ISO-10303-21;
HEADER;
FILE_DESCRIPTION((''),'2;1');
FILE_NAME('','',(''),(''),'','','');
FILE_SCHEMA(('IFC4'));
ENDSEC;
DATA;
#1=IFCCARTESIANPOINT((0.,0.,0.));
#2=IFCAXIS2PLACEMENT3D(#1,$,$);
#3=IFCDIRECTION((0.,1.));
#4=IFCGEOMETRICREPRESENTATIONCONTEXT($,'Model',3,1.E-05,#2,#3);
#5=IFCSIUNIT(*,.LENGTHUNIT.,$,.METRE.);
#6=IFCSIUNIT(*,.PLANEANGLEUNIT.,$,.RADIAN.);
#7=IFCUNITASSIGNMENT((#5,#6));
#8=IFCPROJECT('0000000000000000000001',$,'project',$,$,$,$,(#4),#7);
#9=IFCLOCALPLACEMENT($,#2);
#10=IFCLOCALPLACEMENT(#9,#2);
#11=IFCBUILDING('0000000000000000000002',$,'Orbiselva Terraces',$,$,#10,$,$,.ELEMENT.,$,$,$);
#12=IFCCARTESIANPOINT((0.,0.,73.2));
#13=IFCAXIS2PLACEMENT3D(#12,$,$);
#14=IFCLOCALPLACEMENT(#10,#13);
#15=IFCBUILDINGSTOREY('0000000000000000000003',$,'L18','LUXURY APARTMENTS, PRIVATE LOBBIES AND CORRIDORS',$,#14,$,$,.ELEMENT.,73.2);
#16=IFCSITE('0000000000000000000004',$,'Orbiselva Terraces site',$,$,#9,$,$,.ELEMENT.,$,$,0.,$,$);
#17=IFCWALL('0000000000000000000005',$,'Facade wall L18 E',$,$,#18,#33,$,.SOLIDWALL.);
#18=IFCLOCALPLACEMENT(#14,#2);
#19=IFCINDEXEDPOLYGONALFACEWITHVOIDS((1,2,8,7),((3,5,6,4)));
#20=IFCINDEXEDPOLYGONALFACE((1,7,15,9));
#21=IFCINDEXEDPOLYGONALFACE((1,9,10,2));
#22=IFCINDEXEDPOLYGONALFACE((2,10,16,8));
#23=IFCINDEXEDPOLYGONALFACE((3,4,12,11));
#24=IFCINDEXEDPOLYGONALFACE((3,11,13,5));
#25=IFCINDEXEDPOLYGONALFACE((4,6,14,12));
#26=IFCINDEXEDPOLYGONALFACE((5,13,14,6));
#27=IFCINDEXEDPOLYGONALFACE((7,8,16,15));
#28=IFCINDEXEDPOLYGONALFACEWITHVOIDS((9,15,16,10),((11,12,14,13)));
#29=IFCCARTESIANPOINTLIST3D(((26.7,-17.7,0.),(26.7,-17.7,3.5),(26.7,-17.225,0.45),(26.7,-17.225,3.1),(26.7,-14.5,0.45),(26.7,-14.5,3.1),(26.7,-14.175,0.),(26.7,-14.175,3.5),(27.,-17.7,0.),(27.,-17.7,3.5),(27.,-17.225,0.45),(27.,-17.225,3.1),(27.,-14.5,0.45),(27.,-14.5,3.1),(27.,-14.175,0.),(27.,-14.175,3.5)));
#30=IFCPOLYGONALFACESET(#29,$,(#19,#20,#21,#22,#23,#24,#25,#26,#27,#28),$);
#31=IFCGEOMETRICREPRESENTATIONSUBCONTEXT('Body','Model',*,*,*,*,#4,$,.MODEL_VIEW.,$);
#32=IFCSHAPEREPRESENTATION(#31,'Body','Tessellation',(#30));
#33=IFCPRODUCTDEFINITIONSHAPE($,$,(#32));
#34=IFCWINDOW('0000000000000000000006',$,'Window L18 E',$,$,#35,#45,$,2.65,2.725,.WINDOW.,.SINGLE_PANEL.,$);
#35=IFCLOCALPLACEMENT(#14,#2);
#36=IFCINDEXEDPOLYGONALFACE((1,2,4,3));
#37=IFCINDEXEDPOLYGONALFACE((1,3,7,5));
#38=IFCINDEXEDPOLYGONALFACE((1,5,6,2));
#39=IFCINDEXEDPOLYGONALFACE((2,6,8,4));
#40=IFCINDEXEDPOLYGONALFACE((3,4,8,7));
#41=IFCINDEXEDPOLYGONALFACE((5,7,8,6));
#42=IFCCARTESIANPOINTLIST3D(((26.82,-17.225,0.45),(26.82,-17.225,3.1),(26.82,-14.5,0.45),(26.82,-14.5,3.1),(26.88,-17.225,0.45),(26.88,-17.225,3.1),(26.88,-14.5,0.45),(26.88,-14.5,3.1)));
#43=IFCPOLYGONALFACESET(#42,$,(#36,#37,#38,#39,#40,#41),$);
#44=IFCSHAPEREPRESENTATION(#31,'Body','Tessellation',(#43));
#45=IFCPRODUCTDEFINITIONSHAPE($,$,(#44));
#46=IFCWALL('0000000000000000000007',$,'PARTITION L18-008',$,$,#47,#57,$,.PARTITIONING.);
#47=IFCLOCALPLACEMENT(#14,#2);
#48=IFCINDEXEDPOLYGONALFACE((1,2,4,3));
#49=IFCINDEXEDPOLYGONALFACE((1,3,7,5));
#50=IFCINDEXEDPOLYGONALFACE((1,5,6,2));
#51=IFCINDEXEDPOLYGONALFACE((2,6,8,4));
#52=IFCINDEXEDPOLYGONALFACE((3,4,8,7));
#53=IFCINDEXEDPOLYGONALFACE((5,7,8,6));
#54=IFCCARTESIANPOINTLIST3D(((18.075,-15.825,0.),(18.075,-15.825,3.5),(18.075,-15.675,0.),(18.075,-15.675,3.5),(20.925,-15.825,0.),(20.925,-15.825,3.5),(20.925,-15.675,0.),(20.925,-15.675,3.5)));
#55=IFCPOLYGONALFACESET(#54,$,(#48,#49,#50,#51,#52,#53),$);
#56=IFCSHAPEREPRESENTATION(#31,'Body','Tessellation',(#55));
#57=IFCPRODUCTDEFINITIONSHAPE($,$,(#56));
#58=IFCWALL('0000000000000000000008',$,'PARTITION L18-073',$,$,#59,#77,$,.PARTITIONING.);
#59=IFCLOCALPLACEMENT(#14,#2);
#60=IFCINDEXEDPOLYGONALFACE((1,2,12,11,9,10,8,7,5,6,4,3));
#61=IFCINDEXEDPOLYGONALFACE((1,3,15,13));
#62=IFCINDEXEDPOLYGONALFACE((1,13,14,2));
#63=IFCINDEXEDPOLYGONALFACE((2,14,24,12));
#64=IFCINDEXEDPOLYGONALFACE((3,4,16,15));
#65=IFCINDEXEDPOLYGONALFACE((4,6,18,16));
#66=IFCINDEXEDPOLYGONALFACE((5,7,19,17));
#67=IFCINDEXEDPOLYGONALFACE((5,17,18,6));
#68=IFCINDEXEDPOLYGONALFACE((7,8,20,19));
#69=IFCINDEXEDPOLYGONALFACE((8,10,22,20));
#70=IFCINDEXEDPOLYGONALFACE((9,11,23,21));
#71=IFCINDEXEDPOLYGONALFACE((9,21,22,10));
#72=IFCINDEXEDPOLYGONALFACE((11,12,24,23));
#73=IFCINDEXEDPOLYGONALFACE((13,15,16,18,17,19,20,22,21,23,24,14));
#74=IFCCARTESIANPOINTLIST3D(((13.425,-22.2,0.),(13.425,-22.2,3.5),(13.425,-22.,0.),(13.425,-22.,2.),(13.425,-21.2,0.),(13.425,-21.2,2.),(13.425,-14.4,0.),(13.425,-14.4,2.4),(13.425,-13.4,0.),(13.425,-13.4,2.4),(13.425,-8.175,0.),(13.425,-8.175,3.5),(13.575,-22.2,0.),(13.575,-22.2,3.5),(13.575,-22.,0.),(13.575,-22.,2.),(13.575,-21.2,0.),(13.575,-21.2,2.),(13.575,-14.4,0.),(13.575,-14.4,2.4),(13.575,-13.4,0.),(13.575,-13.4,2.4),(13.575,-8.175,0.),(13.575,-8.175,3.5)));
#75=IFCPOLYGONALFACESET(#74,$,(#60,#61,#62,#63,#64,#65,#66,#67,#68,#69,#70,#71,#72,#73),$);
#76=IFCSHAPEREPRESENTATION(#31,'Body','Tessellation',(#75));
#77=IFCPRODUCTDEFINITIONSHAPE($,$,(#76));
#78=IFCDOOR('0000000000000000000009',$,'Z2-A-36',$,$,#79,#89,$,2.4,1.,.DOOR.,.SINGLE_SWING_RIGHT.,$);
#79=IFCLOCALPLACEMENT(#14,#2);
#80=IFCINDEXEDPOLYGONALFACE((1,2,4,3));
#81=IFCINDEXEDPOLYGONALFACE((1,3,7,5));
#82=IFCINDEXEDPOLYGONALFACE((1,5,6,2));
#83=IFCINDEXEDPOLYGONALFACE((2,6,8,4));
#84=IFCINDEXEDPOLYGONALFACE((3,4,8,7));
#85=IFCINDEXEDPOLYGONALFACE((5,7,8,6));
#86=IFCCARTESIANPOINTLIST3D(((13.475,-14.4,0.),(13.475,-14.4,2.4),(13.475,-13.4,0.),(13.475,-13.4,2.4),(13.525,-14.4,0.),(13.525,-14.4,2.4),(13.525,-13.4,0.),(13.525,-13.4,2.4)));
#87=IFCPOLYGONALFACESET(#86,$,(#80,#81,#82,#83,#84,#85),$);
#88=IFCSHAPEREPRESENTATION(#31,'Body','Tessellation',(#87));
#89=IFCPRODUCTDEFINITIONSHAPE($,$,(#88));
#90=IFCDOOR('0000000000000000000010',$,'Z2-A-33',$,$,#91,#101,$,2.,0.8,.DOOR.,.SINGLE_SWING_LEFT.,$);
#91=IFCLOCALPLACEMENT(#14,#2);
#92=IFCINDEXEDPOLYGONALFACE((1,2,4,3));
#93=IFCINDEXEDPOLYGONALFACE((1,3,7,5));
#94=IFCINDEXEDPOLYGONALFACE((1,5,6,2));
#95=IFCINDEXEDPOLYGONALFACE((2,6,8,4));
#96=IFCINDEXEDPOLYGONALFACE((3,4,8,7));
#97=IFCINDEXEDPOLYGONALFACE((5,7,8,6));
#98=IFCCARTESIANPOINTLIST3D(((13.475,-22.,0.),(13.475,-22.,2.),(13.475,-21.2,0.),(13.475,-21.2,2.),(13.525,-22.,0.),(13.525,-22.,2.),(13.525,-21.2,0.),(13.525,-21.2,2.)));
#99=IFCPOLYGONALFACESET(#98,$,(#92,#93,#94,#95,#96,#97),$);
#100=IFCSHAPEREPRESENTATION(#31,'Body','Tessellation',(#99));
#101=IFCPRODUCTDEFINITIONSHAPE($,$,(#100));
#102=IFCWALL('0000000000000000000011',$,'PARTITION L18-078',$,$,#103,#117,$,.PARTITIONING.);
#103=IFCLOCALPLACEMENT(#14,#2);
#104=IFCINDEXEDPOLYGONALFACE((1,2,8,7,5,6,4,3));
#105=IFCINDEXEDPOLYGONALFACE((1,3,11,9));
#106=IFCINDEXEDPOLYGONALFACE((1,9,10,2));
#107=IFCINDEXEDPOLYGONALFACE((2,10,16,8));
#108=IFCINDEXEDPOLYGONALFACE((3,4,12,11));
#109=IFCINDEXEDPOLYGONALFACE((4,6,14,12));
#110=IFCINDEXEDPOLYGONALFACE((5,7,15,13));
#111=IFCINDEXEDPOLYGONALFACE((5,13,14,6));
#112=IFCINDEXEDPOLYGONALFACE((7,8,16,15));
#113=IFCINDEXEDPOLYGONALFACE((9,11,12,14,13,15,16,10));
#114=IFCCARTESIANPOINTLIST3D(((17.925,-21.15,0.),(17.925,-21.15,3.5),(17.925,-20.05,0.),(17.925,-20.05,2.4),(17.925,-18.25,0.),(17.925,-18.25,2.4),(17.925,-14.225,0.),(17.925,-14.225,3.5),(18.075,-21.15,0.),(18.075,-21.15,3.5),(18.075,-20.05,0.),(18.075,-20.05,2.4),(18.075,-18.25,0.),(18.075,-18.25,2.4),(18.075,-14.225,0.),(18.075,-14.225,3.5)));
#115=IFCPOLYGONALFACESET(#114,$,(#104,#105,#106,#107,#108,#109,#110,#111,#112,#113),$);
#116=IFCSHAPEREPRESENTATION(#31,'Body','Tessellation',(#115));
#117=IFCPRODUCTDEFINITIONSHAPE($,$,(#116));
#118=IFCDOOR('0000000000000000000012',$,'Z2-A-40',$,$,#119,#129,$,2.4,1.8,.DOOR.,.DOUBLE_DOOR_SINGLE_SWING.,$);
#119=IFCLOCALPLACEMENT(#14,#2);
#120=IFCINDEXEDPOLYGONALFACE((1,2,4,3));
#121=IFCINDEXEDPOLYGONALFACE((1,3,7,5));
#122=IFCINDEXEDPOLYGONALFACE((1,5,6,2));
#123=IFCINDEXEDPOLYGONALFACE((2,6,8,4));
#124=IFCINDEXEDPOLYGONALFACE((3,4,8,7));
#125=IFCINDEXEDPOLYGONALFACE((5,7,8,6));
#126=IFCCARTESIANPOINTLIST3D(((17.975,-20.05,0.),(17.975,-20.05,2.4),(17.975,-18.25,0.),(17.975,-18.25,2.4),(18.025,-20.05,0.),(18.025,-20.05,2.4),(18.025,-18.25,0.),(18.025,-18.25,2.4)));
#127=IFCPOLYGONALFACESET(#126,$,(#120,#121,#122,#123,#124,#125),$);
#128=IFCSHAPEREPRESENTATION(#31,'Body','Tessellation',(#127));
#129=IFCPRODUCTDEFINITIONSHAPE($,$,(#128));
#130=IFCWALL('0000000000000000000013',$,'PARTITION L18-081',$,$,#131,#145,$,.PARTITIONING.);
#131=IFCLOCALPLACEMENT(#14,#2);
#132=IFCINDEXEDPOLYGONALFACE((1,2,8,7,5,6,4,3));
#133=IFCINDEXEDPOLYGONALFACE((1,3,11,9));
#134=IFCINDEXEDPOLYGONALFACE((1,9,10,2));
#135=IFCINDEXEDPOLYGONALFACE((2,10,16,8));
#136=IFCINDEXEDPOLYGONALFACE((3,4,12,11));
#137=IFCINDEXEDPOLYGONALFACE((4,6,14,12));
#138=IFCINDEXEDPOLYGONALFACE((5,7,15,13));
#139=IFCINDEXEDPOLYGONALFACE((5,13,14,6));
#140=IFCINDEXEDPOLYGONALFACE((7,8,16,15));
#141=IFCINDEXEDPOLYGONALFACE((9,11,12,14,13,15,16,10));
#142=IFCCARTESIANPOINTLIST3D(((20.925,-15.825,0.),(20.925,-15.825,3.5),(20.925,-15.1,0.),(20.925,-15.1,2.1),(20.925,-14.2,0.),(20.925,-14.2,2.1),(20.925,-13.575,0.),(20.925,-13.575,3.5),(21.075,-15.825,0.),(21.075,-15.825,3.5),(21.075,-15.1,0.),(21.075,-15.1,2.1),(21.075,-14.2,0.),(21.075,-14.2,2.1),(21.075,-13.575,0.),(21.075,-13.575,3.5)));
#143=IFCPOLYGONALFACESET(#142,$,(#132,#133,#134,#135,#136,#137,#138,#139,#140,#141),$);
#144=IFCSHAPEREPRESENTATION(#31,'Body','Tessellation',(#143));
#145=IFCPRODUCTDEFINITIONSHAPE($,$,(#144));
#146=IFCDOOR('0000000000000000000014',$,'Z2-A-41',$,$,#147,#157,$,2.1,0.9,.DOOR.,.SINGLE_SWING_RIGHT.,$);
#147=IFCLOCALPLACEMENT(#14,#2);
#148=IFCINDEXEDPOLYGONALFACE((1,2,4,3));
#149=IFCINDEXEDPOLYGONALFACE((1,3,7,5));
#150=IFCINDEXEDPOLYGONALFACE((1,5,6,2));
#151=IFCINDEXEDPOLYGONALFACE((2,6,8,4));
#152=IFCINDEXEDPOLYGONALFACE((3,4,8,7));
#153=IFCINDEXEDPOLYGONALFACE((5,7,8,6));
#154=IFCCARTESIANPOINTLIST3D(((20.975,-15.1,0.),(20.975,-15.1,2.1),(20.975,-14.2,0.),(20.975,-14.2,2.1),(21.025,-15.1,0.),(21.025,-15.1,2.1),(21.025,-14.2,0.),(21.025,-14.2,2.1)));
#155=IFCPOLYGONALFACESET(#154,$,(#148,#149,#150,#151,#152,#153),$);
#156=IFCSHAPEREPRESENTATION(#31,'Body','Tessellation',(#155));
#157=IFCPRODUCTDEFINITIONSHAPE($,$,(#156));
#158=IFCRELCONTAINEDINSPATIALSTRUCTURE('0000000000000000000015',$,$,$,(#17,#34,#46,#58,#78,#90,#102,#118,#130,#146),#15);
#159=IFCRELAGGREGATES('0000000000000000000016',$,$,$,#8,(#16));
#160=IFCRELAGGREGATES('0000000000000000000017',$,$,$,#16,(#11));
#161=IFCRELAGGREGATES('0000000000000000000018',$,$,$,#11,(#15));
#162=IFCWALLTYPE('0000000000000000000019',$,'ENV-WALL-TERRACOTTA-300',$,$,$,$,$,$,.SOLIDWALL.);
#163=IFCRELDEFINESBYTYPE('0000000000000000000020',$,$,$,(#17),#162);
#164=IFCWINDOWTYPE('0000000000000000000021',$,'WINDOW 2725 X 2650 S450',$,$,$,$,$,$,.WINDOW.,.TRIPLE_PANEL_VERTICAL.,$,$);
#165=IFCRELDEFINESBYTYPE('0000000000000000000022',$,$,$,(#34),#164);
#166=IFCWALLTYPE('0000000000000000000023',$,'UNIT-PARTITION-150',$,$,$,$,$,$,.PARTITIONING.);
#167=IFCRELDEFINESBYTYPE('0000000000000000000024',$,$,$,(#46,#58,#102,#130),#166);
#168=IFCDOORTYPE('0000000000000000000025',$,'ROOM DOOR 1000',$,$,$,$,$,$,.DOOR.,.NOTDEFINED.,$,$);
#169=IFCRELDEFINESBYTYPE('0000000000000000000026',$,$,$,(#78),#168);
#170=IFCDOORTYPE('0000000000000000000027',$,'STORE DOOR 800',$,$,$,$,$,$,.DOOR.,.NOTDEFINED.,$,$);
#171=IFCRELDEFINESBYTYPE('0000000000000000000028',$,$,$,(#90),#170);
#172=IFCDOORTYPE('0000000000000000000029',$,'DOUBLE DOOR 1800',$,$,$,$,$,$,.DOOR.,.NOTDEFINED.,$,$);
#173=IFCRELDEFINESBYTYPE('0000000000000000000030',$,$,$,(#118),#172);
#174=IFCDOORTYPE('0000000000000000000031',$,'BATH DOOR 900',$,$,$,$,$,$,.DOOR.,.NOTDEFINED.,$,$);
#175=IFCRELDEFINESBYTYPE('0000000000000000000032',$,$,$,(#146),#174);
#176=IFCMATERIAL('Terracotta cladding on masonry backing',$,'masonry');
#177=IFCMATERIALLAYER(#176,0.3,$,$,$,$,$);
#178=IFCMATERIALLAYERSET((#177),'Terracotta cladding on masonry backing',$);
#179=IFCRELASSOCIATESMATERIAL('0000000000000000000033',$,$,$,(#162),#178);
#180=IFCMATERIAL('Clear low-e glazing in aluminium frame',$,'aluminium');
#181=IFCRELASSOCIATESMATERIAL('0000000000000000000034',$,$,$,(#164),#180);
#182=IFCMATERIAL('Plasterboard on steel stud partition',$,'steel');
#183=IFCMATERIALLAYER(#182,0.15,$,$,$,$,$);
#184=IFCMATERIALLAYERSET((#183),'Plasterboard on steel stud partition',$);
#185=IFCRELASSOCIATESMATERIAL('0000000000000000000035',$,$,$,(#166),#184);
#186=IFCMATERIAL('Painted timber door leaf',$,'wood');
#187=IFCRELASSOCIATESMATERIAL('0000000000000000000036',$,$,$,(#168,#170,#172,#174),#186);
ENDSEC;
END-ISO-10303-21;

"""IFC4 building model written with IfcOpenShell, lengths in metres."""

from ifc_helpers import new_model, si_unit, direction, frame, frame_2d, origin, place, context, subcontext, project, spatial, rectangle, extrude, material, layer, layer_set, type_object, element, fill, save


model = new_model("IFC4")

# Units and contexts
model_context = context("Model", 3, precision=1e-05, world=origin(), true_north=direction((0.0, 1.0)))
body_context = subcontext(model_context, "Body", "Model", "MODEL_VIEW")
ifc_project = project(units=[si_unit("LENGTHUNIT", "METRE"), si_unit("PLANEANGLEUNIT", "RADIAN")], contexts=[model_context])

# Site, building, storey
site_placement = place(None, origin())
site = spatial("IfcSite", under=ifc_project, at=site_placement, Name="Orbiselva Terraces site", CompositionType="ELEMENT", RefElevation=0.0)
building_placement = place(site_placement, origin())
building = spatial("IfcBuilding", under=site, at=building_placement, Name="Orbiselva Terraces", CompositionType="ELEMENT")
storey_placement = place(building_placement, frame((0.0, 0.0, 73.2)))
storey = spatial("IfcBuildingStorey", under=building, at=storey_placement, Name="L18", Description="LUXURY APARTMENTS, PRIVATE LOBBIES AND CORRIDORS", CompositionType="ELEMENT", Elevation=73.2)

# Shared definitions
ifc_material_1 = material(Name="Terracotta cladding on masonry backing", Category="masonry")
ifc_layer_1 = layer(ifc_material_1, 0.3)
ifc_layer_set_1 = layer_set([ifc_layer_1], Name="Terracotta cladding on masonry backing")
wall_type_1 = type_object("IfcWallType", Name="ENV-WALL-TERRACOTTA-300", PredefinedType="SOLIDWALL", material=ifc_layer_set_1)
ifc_material_2 = material(Name="Clear low-e glazing in aluminium frame", Category="aluminium")

# Shared definitions
window_type = type_object("IfcWindowType", Name="WINDOW 2725 X 2650 S450", PartitioningType="TRIPLE_PANEL_VERTICAL", PredefinedType="WINDOW", material=ifc_material_2)

# Wall, opening, window
wall_1_placement = place(storey_placement, frame((26.85, -14.175, 0.0), z_axis=(0.0, 0.0, 1.0), x_axis=(0.0, -1.0, 0.0)))
wall_1 = element("IfcWall", 1, at=wall_1_placement, inside=storey, type_object=wall_type_1, Name="Facade wall L18 E", PredefinedType="SOLIDWALL", context=body_context, shape_type="SweptSolid", body=[
    extrude(rectangle(XDim=3.525, YDim=0.3, at=frame_2d((1.7625, 0.0))), origin(), (0.0, 0.0, 1.0), 3.5),
])
opening_1_placement = place(wall_1_placement, frame((0.325, 0.0, 0.45)))
opening_1 = element("IfcOpeningElement", 2, at=opening_1_placement, cuts=wall_1, PredefinedType="OPENING", context=body_context, shape_type="SweptSolid", body=[
    extrude(rectangle(XDim=2.725, YDim=2.65, at=frame_2d((1.3625, 1.325))), frame((0.0, 0.16, 0.0), z_axis=(0.0, -1.0, 0.0), x_axis=(1.0, 0.0, 0.0)), (0.0, 0.0, 1.0), 0.32),
])
window_1_placement = place(opening_1_placement, origin())
window_1 = element("IfcWindow", 3, at=window_1_placement, inside=storey, type_object=window_type, Name="Window L18 E", OverallHeight=2.65, OverallWidth=2.725, PartitioningType="SINGLE_PANEL", PredefinedType="WINDOW", context=body_context, shape_type="SweptSolid", body=[
    extrude(rectangle(XDim=2.725, YDim=2.65, at=frame_2d((1.3625, 1.325))), frame((0.0, 0.03, 0.0), z_axis=(0.0, -1.0, 0.0), x_axis=(1.0, 0.0, 0.0)), (0.0, 0.0, 1.0), 0.06),
])
fill(opening_1, window_1)

# Wall
ifc_material_3 = material(Name="Plasterboard on steel stud partition", Category="steel")
ifc_layer_2 = layer(ifc_material_3, 0.15)
ifc_layer_set_2 = layer_set([ifc_layer_2], Name="Plasterboard on steel stud partition")
wall_type_2 = type_object("IfcWallType", Name="UNIT-PARTITION-150", PredefinedType="PARTITIONING", material=ifc_layer_set_2)
wall_2_placement = place(storey_placement, frame((18.075, -15.75, 0.0), z_axis=(0.0, 0.0, 1.0), x_axis=(1.0, 0.0, 0.0)))
element("IfcWall", 4, at=wall_2_placement, inside=storey, type_object=wall_type_2, Name="PARTITION L18-008", PredefinedType="PARTITIONING", context=body_context, shape_type="SweptSolid", body=[
    extrude(rectangle(XDim=2.85, YDim=0.15, at=frame_2d((1.425, 0.0))), origin(), (0.0, 0.0, 1.0), 3.5),
])

# Wall, openings, doors
wall_3_placement = place(storey_placement, frame((13.5, -22.2, 0.0), z_axis=(0.0, 0.0, 1.0), x_axis=(0.0, 1.0, 0.0)))
wall_3 = element("IfcWall", 5, at=wall_3_placement, inside=storey, type_object=wall_type_2, Name="PARTITION L18-073", PredefinedType="PARTITIONING", context=body_context, shape_type="SweptSolid", body=[
    extrude(rectangle(XDim=14.025, YDim=0.15, at=frame_2d((7.0125, 0.0))), origin(), (0.0, 0.0, 1.0), 3.5),
])
opening_2_placement = place(wall_3_placement, frame((0.2, 0.0, 0.0)))
opening_2 = element("IfcOpeningElement", 6, at=opening_2_placement, cuts=wall_3, PredefinedType="OPENING", context=body_context, shape_type="SweptSolid", body=[
    extrude(rectangle(XDim=0.8, YDim=2.0, at=frame_2d((0.4, 1.0))), frame((0.0, 0.085, 0.0), z_axis=(0.0, -1.0, 0.0), x_axis=(1.0, 0.0, 0.0)), (0.0, 0.0, 1.0), 0.17),
])
opening_3_placement = place(wall_3_placement, frame((7.8, 0.0, 0.0)))
opening_3 = element("IfcOpeningElement", 7, at=opening_3_placement, cuts=wall_3, PredefinedType="OPENING", context=body_context, shape_type="SweptSolid", body=[
    extrude(rectangle(XDim=1.0, YDim=2.4, at=frame_2d((0.5, 1.2))), frame((0.0, 0.085, 0.0), z_axis=(0.0, -1.0, 0.0), x_axis=(1.0, 0.0, 0.0)), (0.0, 0.0, 1.0), 0.17),
])
ifc_material_4 = material(Name="Painted timber door leaf", Category="wood")
door_type_1 = type_object("IfcDoorType", Name="ROOM DOOR 1000", OperationType="NOTDEFINED", PredefinedType="DOOR", material=ifc_material_4)
door_1_placement = place(opening_3_placement, origin())
door_1 = element("IfcDoor", 8, at=door_1_placement, inside=storey, type_object=door_type_1, Name="Z2-A-36", OperationType="SINGLE_SWING_RIGHT", OverallHeight=2.4, OverallWidth=1.0, PredefinedType="DOOR", context=body_context, shape_type="SweptSolid", body=[
    extrude(rectangle(XDim=1.0, YDim=2.4, at=frame_2d((0.5, 1.2))), frame((0.0, 0.025, 0.0), z_axis=(0.0, -1.0, 0.0), x_axis=(1.0, 0.0, 0.0)), (0.0, 0.0, 1.0), 0.05),
])
fill(opening_3, door_1)
door_type_2 = type_object("IfcDoorType", Name="STORE DOOR 800", OperationType="NOTDEFINED", PredefinedType="DOOR", material=ifc_material_4)
door_2_placement = place(opening_2_placement, origin())
door_2 = element("IfcDoor", 9, at=door_2_placement, inside=storey, type_object=door_type_2, Name="Z2-A-33", OperationType="SINGLE_SWING_LEFT", OverallHeight=2.0, OverallWidth=0.8, PredefinedType="DOOR", context=body_context, shape_type="SweptSolid", body=[
    extrude(rectangle(XDim=0.8, YDim=2.0, at=frame_2d((0.4, 1.0))), frame((0.0, 0.025, 0.0), z_axis=(0.0, -1.0, 0.0), x_axis=(1.0, 0.0, 0.0)), (0.0, 0.0, 1.0), 0.05),
])
fill(opening_2, door_2)

# Walls, openings, doors
wall_4_placement = place(storey_placement, frame((18.0, -14.225, 0.0), z_axis=(0.0, 0.0, 1.0), x_axis=(0.0, -1.0, 0.0)))
wall_4 = element("IfcWall", 10, at=wall_4_placement, inside=storey, type_object=wall_type_2, Name="PARTITION L18-078", PredefinedType="PARTITIONING", context=body_context, shape_type="SweptSolid", body=[
    extrude(rectangle(XDim=6.925, YDim=0.15, at=frame_2d((3.4625, 0.0))), origin(), (0.0, 0.0, 1.0), 3.5),
])
opening_4_placement = place(wall_4_placement, frame((4.025, 0.0, 0.0)))
opening_4 = element("IfcOpeningElement", 11, at=opening_4_placement, cuts=wall_4, PredefinedType="OPENING", context=body_context, shape_type="SweptSolid", body=[
    extrude(rectangle(XDim=1.8, YDim=2.4, at=frame_2d((0.9, 1.2))), frame((0.0, 0.085, 0.0), z_axis=(0.0, -1.0, 0.0), x_axis=(1.0, 0.0, 0.0)), (0.0, 0.0, 1.0), 0.17),
])
door_type_3 = type_object("IfcDoorType", Name="DOUBLE DOOR 1800", OperationType="NOTDEFINED", PredefinedType="DOOR", material=ifc_material_4)
door_3_placement = place(opening_4_placement, origin())
door_3 = element("IfcDoor", 12, at=door_3_placement, inside=storey, type_object=door_type_3, Name="Z2-A-40", OperationType="DOUBLE_DOOR_SINGLE_SWING", OverallHeight=2.4, OverallWidth=1.8, PredefinedType="DOOR", context=body_context, shape_type="SweptSolid", body=[
    extrude(rectangle(XDim=1.8, YDim=2.4, at=frame_2d((0.9, 1.2))), frame((0.0, 0.025, 0.0), z_axis=(0.0, -1.0, 0.0), x_axis=(1.0, 0.0, 0.0)), (0.0, 0.0, 1.0), 0.05),
])
fill(opening_4, door_3)
wall_5_placement = place(storey_placement, frame((21.0, -15.825, 0.0), z_axis=(0.0, 0.0, 1.0), x_axis=(0.0, 1.0, 0.0)))
wall_5 = element("IfcWall", 13, at=wall_5_placement, inside=storey, type_object=wall_type_2, Name="PARTITION L18-081", PredefinedType="PARTITIONING", context=body_context, shape_type="SweptSolid", body=[
    extrude(rectangle(XDim=2.25, YDim=0.15, at=frame_2d((1.125, 0.0))), origin(), (0.0, 0.0, 1.0), 3.5),
])
opening_5_placement = place(wall_5_placement, frame((0.725, 0.0, 0.0)))
opening_5 = element("IfcOpeningElement", 14, at=opening_5_placement, cuts=wall_5, PredefinedType="OPENING", context=body_context, shape_type="SweptSolid", body=[
    extrude(rectangle(XDim=0.9, YDim=2.1, at=frame_2d((0.45, 1.05))), frame((0.0, 0.085, 0.0), z_axis=(0.0, -1.0, 0.0), x_axis=(1.0, 0.0, 0.0)), (0.0, 0.0, 1.0), 0.17),
])
door_type_4 = type_object("IfcDoorType", Name="BATH DOOR 900", OperationType="NOTDEFINED", PredefinedType="DOOR", material=ifc_material_4)
door_4_placement = place(opening_5_placement, origin())
door_4 = element("IfcDoor", 15, at=door_4_placement, inside=storey, type_object=door_type_4, Name="Z2-A-41", OperationType="SINGLE_SWING_RIGHT", OverallHeight=2.1, OverallWidth=0.9, PredefinedType="DOOR", context=body_context, shape_type="SweptSolid", body=[
    extrude(rectangle(XDim=0.9, YDim=2.1, at=frame_2d((0.45, 1.05))), frame((0.0, 0.025, 0.0), z_axis=(0.0, -1.0, 0.0), x_axis=(1.0, 0.0, 0.0)), (0.0, 0.0, 1.0), 0.05),
])
fill(opening_5, door_4)

save(model, "model.ifc")
